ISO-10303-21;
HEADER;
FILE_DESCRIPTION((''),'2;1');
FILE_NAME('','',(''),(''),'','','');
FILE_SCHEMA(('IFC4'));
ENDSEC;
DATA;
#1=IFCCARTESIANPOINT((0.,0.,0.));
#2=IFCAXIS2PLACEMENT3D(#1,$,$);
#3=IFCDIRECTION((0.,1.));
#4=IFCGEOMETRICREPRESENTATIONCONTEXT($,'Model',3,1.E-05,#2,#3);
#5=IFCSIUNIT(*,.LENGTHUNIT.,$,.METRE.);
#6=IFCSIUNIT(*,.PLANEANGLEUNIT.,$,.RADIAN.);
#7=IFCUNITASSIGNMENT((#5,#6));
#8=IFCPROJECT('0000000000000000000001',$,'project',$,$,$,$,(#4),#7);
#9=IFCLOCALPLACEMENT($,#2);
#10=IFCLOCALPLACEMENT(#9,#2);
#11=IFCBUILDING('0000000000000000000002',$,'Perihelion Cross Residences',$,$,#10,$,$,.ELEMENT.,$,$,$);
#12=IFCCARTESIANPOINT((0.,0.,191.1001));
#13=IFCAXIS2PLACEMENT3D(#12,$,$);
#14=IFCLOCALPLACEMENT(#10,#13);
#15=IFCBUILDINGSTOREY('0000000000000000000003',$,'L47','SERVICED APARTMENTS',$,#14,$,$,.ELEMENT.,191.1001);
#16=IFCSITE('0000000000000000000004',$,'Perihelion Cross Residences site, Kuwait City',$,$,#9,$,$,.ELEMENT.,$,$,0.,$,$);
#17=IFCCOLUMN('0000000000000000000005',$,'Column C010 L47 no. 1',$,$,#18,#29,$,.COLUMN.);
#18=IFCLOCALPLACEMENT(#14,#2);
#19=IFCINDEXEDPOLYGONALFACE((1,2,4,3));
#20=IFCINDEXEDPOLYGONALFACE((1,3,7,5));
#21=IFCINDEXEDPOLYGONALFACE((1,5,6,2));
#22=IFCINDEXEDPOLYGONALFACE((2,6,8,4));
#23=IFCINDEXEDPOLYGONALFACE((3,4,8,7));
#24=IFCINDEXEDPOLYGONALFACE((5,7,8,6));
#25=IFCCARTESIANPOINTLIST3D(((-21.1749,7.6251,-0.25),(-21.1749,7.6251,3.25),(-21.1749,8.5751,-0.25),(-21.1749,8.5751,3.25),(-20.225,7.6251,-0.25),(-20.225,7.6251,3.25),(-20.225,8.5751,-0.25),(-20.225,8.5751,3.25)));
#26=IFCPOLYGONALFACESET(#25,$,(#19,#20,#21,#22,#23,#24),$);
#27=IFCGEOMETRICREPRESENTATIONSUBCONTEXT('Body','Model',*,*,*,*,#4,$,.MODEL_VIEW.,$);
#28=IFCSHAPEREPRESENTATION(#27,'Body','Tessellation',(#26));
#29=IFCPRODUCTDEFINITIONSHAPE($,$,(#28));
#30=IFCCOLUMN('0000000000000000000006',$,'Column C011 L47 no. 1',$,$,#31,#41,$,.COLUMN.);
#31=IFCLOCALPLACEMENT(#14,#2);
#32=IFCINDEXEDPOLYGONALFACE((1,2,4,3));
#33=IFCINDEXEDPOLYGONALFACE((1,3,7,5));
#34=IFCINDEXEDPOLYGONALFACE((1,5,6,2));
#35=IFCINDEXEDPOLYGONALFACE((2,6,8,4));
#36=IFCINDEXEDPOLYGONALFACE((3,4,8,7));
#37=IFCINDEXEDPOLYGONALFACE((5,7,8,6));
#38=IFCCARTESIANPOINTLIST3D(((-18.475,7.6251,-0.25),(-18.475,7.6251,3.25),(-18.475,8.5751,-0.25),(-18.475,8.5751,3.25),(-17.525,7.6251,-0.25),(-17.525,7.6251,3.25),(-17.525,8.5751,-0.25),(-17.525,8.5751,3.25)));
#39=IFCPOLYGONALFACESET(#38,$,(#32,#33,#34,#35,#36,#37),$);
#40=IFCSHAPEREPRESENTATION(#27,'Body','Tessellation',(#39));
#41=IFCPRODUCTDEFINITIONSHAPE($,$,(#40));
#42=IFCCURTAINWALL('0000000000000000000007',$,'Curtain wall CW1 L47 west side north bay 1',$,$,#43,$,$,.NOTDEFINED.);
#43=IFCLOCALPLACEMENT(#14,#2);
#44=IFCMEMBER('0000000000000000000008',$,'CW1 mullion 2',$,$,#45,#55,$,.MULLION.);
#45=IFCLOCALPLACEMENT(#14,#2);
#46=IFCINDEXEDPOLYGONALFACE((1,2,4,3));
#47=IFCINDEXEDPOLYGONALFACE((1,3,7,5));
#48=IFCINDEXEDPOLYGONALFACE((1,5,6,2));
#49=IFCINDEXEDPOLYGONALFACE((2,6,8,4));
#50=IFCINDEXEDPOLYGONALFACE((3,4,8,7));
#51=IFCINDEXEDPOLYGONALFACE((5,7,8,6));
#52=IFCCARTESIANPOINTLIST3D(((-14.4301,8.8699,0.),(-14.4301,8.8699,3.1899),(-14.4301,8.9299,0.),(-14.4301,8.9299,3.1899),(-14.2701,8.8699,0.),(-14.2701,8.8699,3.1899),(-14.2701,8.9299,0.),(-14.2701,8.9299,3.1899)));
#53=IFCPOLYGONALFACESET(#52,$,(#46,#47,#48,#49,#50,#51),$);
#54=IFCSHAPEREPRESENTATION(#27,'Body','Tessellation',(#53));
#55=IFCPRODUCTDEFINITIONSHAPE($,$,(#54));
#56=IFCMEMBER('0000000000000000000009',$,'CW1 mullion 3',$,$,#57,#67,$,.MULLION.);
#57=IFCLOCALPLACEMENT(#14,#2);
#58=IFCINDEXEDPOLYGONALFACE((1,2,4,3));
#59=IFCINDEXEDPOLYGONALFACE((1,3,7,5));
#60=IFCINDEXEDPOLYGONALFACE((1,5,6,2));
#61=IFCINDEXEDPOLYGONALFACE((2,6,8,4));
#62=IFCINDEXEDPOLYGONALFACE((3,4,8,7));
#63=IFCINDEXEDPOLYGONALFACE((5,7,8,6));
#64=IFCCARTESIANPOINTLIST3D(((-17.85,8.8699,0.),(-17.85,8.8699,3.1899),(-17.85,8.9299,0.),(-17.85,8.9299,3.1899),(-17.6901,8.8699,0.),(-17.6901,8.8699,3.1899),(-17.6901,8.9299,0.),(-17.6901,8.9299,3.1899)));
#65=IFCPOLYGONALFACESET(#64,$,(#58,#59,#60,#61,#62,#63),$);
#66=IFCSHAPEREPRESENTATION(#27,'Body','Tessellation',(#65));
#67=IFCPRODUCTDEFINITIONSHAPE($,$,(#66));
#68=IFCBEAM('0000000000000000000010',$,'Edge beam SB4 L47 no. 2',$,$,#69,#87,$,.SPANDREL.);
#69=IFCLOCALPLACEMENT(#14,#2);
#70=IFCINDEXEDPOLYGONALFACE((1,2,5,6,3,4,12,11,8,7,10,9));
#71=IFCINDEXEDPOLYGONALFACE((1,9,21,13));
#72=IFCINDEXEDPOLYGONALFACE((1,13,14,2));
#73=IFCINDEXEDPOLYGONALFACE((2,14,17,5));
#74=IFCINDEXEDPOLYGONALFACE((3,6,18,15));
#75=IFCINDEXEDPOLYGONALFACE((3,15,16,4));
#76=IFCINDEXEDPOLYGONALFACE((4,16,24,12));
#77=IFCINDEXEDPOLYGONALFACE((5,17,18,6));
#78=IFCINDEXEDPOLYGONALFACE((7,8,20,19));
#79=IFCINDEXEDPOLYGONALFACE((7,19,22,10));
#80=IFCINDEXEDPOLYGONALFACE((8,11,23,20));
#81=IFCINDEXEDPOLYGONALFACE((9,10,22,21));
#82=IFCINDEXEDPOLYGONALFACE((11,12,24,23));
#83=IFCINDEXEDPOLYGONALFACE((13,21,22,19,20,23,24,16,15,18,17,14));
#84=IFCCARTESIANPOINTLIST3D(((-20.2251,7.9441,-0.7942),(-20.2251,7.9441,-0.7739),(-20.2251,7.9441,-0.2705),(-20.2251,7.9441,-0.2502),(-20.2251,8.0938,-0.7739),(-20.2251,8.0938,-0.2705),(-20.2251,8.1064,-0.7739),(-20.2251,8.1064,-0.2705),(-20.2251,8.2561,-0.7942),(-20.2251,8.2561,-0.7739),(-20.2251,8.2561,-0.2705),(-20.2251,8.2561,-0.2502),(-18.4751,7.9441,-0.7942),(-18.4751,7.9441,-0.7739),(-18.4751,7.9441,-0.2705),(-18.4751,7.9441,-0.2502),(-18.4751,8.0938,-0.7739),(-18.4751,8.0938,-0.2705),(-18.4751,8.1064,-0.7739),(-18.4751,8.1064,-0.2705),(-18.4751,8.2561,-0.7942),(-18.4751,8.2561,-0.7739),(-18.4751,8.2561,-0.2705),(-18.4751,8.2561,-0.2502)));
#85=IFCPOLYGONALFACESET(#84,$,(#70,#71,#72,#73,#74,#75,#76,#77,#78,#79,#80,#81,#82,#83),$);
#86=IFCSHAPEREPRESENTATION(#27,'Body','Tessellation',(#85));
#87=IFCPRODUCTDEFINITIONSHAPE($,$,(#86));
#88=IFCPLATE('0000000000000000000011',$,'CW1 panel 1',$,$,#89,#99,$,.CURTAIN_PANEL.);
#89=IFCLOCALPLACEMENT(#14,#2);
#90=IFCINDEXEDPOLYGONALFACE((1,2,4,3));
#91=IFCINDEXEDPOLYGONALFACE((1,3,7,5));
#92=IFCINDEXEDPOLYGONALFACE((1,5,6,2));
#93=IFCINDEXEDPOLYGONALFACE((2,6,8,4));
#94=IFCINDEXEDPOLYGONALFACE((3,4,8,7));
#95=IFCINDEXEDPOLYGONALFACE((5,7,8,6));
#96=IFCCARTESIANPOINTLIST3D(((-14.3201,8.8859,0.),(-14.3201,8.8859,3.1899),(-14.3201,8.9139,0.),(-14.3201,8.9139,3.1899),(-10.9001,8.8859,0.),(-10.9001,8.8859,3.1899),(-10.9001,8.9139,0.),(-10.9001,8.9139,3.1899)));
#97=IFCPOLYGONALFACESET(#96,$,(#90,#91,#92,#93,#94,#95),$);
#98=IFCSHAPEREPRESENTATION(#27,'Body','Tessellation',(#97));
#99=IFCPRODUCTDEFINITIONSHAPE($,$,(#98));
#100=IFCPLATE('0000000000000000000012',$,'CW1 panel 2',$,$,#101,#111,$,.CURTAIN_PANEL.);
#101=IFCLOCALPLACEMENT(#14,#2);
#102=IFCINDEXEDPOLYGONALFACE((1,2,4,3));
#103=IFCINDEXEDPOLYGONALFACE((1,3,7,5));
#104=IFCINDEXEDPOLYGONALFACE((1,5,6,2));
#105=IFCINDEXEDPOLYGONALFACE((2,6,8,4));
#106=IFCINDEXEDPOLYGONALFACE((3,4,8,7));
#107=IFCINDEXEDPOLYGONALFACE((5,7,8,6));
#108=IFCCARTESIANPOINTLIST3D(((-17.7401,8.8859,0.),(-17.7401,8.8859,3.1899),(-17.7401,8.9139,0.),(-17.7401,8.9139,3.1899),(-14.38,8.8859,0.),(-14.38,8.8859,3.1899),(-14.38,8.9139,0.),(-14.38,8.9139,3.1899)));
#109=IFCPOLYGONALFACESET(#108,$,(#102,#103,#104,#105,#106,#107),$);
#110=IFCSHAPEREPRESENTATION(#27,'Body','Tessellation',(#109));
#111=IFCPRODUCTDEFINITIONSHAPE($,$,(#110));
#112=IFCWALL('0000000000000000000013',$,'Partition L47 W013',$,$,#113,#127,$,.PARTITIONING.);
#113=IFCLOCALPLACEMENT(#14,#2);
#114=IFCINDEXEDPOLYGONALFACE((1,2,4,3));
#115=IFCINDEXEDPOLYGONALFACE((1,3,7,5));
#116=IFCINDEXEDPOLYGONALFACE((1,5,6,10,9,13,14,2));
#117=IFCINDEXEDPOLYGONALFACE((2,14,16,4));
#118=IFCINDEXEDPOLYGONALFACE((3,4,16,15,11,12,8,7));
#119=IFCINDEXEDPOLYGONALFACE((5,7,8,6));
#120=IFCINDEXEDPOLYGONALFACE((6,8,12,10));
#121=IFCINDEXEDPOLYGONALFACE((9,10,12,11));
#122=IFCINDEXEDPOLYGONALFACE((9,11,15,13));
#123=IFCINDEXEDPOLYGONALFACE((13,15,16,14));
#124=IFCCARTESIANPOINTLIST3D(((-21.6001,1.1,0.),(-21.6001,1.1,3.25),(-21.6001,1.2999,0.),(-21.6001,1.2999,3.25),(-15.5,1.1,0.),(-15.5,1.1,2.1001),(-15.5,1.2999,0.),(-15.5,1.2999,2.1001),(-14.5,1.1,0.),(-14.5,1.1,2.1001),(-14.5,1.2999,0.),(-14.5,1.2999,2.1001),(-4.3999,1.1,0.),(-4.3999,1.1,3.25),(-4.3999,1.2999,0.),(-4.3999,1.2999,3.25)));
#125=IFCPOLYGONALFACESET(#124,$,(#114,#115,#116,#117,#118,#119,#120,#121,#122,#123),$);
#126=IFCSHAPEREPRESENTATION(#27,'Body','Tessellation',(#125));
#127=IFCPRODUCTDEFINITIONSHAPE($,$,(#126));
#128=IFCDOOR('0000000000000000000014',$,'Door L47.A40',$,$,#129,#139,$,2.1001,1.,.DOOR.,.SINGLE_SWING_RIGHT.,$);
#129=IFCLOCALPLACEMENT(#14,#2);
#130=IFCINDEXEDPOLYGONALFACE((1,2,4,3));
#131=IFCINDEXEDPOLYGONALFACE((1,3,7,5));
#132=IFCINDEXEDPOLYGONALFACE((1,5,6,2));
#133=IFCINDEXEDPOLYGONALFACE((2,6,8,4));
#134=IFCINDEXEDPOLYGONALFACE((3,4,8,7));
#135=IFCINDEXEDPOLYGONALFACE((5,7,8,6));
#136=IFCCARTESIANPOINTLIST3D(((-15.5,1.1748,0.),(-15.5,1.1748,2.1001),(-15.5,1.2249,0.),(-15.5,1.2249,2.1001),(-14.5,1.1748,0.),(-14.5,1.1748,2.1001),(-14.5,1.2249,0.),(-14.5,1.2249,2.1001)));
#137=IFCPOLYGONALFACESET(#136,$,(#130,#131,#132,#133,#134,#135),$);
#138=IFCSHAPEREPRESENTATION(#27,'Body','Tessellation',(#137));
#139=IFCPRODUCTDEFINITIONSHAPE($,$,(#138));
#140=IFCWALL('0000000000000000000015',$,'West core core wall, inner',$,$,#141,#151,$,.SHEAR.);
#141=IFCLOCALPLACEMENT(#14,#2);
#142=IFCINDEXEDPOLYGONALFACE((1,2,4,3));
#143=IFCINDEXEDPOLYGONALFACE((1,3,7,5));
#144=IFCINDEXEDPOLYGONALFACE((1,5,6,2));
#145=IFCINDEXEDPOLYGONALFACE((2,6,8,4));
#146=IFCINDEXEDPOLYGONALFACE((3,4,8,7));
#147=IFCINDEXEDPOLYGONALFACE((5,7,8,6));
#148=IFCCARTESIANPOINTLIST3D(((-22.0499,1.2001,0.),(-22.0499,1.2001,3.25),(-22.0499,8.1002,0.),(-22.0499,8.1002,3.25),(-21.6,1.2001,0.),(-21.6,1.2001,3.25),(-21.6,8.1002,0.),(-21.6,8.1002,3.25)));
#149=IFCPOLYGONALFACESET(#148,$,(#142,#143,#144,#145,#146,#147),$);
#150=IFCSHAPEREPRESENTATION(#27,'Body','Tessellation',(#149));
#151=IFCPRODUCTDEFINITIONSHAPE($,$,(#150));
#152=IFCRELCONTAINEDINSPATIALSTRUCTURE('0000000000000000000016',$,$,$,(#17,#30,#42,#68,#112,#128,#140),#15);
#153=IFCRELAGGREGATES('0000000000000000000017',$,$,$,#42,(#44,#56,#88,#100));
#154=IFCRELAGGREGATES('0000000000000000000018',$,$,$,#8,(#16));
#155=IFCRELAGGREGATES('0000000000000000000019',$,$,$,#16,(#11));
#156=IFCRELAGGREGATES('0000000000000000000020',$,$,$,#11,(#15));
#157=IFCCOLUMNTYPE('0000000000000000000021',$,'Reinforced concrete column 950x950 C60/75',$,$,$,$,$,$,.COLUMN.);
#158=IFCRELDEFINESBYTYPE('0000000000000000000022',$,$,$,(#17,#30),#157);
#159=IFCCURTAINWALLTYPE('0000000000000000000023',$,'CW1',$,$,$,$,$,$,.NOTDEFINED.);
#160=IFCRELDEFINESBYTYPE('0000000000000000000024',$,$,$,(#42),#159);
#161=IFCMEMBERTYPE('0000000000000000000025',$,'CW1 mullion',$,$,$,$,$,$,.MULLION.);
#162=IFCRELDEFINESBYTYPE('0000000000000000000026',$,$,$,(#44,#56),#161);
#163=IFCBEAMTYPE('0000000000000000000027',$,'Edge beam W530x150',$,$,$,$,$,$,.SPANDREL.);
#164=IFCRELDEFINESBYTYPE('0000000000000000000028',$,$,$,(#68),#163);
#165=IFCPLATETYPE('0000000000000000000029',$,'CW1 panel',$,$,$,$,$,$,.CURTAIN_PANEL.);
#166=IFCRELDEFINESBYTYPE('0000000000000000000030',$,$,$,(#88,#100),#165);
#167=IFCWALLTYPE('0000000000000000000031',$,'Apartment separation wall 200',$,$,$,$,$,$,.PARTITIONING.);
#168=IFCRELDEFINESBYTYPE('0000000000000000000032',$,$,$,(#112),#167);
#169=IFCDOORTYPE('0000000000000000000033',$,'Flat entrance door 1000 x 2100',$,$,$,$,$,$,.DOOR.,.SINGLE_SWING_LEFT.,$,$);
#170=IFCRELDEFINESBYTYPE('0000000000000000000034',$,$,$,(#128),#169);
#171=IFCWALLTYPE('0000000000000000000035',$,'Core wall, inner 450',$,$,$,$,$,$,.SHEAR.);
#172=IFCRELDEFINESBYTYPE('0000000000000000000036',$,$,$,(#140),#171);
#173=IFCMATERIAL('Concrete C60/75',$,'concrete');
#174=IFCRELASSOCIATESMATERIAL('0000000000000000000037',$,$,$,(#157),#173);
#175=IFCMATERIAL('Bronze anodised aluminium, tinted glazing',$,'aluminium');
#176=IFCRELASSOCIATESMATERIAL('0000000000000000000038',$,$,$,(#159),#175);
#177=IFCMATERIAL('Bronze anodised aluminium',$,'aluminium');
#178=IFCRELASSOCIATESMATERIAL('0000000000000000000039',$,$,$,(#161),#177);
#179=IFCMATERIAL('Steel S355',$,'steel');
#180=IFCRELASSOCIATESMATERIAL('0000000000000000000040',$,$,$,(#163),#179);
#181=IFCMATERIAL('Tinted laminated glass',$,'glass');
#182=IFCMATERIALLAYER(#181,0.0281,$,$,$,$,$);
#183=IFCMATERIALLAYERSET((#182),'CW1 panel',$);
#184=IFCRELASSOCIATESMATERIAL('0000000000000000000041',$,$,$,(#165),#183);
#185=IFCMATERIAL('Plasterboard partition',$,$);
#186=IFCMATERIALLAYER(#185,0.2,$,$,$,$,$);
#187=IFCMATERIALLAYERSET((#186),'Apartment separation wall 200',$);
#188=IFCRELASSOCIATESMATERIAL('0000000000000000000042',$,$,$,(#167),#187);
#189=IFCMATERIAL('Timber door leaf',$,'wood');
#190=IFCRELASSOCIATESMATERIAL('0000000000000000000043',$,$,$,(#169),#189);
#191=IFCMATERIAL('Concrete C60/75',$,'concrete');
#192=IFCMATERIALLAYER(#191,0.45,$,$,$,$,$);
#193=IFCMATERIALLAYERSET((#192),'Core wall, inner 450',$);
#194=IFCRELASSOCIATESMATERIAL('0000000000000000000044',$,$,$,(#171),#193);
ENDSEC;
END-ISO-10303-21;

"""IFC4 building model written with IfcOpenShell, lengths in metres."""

from ifc_helpers import new_model, si_unit, direction, frame, frame_2d, origin, origin_2d, place, context, subcontext, project, spatial, rectangle, i_section, extrude, material, layer, layer_set, material_profile, profile_set, type_object, element, fill, aggregate, save


model = new_model("IFC4")

# Units and contexts
model_context = context("Model", 3, precision=1e-05, world=origin(), true_north=direction((0.0, 1.0)))
body_context = subcontext(model_context, "Body", "Model", "MODEL_VIEW")
ifc_project = project(units=[si_unit("LENGTHUNIT", "METRE"), si_unit("PLANEANGLEUNIT", "RADIAN")], contexts=[model_context])

# Site, building, storey
site_placement = place(None, origin())
site = spatial("IfcSite", under=ifc_project, at=site_placement, Name="Perihelion Cross Residences site, Kuwait City", CompositionType="ELEMENT", RefElevation=0.0)
building_placement = place(site_placement, origin())
building = spatial("IfcBuilding", under=site, at=building_placement, Name="Perihelion Cross Residences", CompositionType="ELEMENT")
storey_placement = place(building_placement, frame((0.0, 0.0, 191.1001)))
storey = spatial("IfcBuildingStorey", under=building, at=storey_placement, Name="L47", Description="SERVICED APARTMENTS", CompositionType="ELEMENT", Elevation=191.1001)

# Columns
ifc_material_1 = material(Name="Concrete C60/75", Category="concrete")
ifc_material_profile_1 = material_profile(ifc_material_1, rectangle(XDim=0.95, YDim=0.95, at=origin_2d()), Name="RC 950x950")
ifc_profile_set_1 = profile_set([ifc_material_profile_1], Name="Concrete C60/75")
column_type = type_object("IfcColumnType", Name="Reinforced concrete column 950x950 C60/75", PredefinedType="COLUMN", material=ifc_profile_set_1)
for number, where, z_axis, x_axis, name in (
    (1, (-20.7, 8.1001, -0.25), (0.0, 0.0, 1.0), (1.0, 0.0, 0.0), "Column C010 L47 no. 1"),
    (2, (-18.0, 8.1001, -0.25), (0.0, 0.0, 1.0), (1.0, 0.0, 0.0), "Column C011 L47 no. 1"),
):
    element("IfcColumn", number, at=place(storey_placement, frame(where, z_axis=z_axis, x_axis=x_axis)), inside=storey, type_object=column_type, Name=name, PredefinedType="COLUMN", context=body_context, shape_type="SweptSolid", body=[
        extrude(rectangle(XDim=0.95, YDim=0.95, at=origin_2d()), origin(), (0.0, 0.0, 1.0), 3.5),
    ])

# Curtain wall, members
ifc_material_2 = material(Name="Bronze anodised aluminium, tinted glazing", Category="aluminium")
curtain_wall_type = type_object("IfcCurtainWallType", Name="CW1", PredefinedType="NOTDEFINED", material=ifc_material_2)
curtain_wall_placement = place(storey_placement, origin())
curtain_wall = element("IfcCurtainWall", 3, at=curtain_wall_placement, inside=storey, type_object=curtain_wall_type, Name="Curtain wall CW1 L47 west side north bay 1", PredefinedType="NOTDEFINED")
ifc_material_3 = material(Name="Bronze anodised aluminium", Category="aluminium")
ifc_material_profile_2 = material_profile(ifc_material_3, rectangle(XDim=0.0601, YDim=0.1599, at=origin_2d()), Name="CW1 mullion")
ifc_profile_set_2 = profile_set([ifc_material_profile_2], Name="Bronze anodised aluminium")
member_type = type_object("IfcMemberType", Name="CW1 mullion", PredefinedType="MULLION", material=ifc_profile_set_2)
member_1_placement = place(storey_placement, frame((-14.3501, 8.8999, 0.0), z_axis=(0.0, 0.0, 1.0), x_axis=(0.0, -1.0, 0.0)))
member_1 = element("IfcMember", 4, at=member_1_placement, type_object=member_type, Name="CW1 mullion 2", PredefinedType="MULLION", context=body_context, shape_type="SweptSolid", body=[
    extrude(rectangle(XDim=0.0601, YDim=0.1599, at=origin_2d()), origin(), (0.0, 0.0, 1.0), 3.1899),
])
member_2_placement = place(storey_placement, frame((-17.77, 8.8999, 0.0), z_axis=(0.0, 0.0, 1.0), x_axis=(0.0, -1.0, 0.0)))
member_2 = element("IfcMember", 5, at=member_2_placement, type_object=member_type, Name="CW1 mullion 3", PredefinedType="MULLION", context=body_context, shape_type="SweptSolid", body=[
    extrude(rectangle(XDim=0.0601, YDim=0.1599, at=origin_2d()), origin(), (0.0, 0.0, 1.0), 3.1899),
])

# Beam
ifc_material_4 = material(Name="Steel S355", Category="steel")
ifc_material_profile_3 = material_profile(ifc_material_4, i_section(OverallWidth=0.312, OverallDepth=0.5439, WebThickness=0.0127, FlangeThickness=0.0203, at=origin_2d()), Name="W530x150")
ifc_profile_set_3 = profile_set([ifc_material_profile_3], Name="Steel S355")
beam_type = type_object("IfcBeamType", Name="Edge beam W530x150", PredefinedType="SPANDREL", material=ifc_profile_set_3)
beam_placement = place(storey_placement, frame((-18.4751, 8.1001, -0.5222), z_axis=(-1.0, 0.0, 0.0), x_axis=(0.0, -1.0, 0.0)))
element("IfcBeam", 6, at=beam_placement, inside=storey, type_object=beam_type, Name="Edge beam SB4 L47 no. 2", PredefinedType="SPANDREL", context=body_context, shape_type="SweptSolid", body=[
    extrude(i_section(OverallWidth=0.312, OverallDepth=0.5439, WebThickness=0.0127, FlangeThickness=0.0203, at=origin_2d()), origin(), (0.0, 0.0, 1.0), 1.75),
])

# Plates
ifc_material_5 = material(Name="Tinted laminated glass", Category="glass")
ifc_layer_1 = layer(ifc_material_5, 0.0281)
ifc_layer_set_1 = layer_set([ifc_layer_1], Name="CW1 panel")
plate_type = type_object("IfcPlateType", Name="CW1 panel", PredefinedType="CURTAIN_PANEL", material=ifc_layer_set_1)
plate_1_placement = place(storey_placement, frame((-12.6101, 8.8999, 0.0), z_axis=(0.0, 0.0, 1.0), x_axis=(-1.0, 0.0, 0.0)))
plate_1 = element("IfcPlate", 7, at=plate_1_placement, type_object=plate_type, Name="CW1 panel 1", PredefinedType="CURTAIN_PANEL", context=body_context, shape_type="SweptSolid", body=[
    extrude(rectangle(XDim=3.4199, YDim=0.0281, at=origin_2d()), origin(), (0.0, 0.0, 1.0), 3.1899),
])
plate_2_placement = place(storey_placement, frame((-16.0601, 8.8999, 0.0), z_axis=(0.0, 0.0, 1.0), x_axis=(-1.0, 0.0, 0.0)))
plate_2 = element("IfcPlate", 8, at=plate_2_placement, type_object=plate_type, Name="CW1 panel 2", PredefinedType="CURTAIN_PANEL", context=body_context, shape_type="SweptSolid", body=[
    extrude(rectangle(XDim=3.3601, YDim=0.0281, at=origin_2d()), origin(), (0.0, 0.0, 1.0), 3.1899),
])
aggregate(curtain_wall, [member_1, member_2, plate_1, plate_2])

# Wall, opening, door
ifc_material_6 = material(Name="Plasterboard partition")
ifc_layer_2 = layer(ifc_material_6, 0.2)
ifc_layer_set_2 = layer_set([ifc_layer_2], Name="Apartment separation wall 200")
wall_type_1 = type_object("IfcWallType", Name="Apartment separation wall 200", PredefinedType="PARTITIONING", material=ifc_layer_set_2)
wall_1_placement = place(storey_placement, frame((-21.6001, 1.2, 0.0), z_axis=(0.0, 0.0, 1.0), x_axis=(1.0, 0.0, 0.0)))
wall_1 = element("IfcWall", 9, at=wall_1_placement, inside=storey, type_object=wall_type_1, Name="Partition L47 W013", PredefinedType="PARTITIONING", context=body_context, shape_type="SweptSolid", body=[
    extrude(rectangle(XDim=17.2002, YDim=0.2, at=frame_2d((8.6001, 0.0))), origin(), (0.0, 0.0, 1.0), 3.25),
])
opening_1_placement = place(wall_1_placement, frame((6.1001, 0.0, 0.0)))
opening_1 = element("IfcOpeningElement", 10, at=opening_1_placement, cuts=wall_1, PredefinedType="OPENING", context=body_context, shape_type="SweptSolid", body=[
    extrude(rectangle(XDim=1.0, YDim=2.1001, at=frame_2d((0.5, 1.05))), frame((0.0, 0.1099, 0.0), z_axis=(0.0, -1.0, 0.0), x_axis=(1.0, 0.0, 0.0)), (0.0, 0.0, 1.0), 0.22),
])
ifc_material_7 = material(Name="Timber door leaf", Category="wood")
door_type_1 = type_object("IfcDoorType", Name="Flat entrance door 1000 x 2100", OperationType="SINGLE_SWING_LEFT", PredefinedType="DOOR", material=ifc_material_7)
door_1_placement = place(opening_1_placement, origin())
door_1 = element("IfcDoor", 11, at=door_1_placement, inside=storey, type_object=door_type_1, Name="Door L47.A40", OperationType="SINGLE_SWING_RIGHT", OverallHeight=2.1001, OverallWidth=1.0, PredefinedType="DOOR", context=body_context, shape_type="SweptSolid", body=[
    extrude(rectangle(XDim=1.0, YDim=2.1001, at=frame_2d((0.5, 1.05))), frame((0.0, 0.0249, 0.0), z_axis=(0.0, -1.0, 0.0), x_axis=(1.0, 0.0, 0.0)), (0.0, 0.0, 1.0), 0.05),
])
fill(opening_1, door_1)

# Wall
ifc_material_8 = material(Name="Concrete C60/75", Category="concrete")
ifc_layer_3 = layer(ifc_material_8, 0.45)
ifc_layer_set_3 = layer_set([ifc_layer_3], Name="Core wall, inner 450")
wall_type_2 = type_object("IfcWallType", Name="Core wall, inner 450", PredefinedType="SHEAR", material=ifc_layer_set_3)
wall_2_placement = place(storey_placement, frame((-21.825, 1.2, 0.0), z_axis=(0.0, 0.0, 1.0), x_axis=(0.0, 1.0, 0.0)))
element("IfcWall", 12, at=wall_2_placement, inside=storey, type_object=wall_type_2, Name="West core core wall, inner", PredefinedType="SHEAR", context=body_context, shape_type="SweptSolid", body=[
    extrude(rectangle(XDim=6.9001, YDim=0.45, at=frame_2d((3.4502, 0.0))), origin(), (0.0, 0.0, 1.0), 3.25),
])

save(model, "model.ifc")
